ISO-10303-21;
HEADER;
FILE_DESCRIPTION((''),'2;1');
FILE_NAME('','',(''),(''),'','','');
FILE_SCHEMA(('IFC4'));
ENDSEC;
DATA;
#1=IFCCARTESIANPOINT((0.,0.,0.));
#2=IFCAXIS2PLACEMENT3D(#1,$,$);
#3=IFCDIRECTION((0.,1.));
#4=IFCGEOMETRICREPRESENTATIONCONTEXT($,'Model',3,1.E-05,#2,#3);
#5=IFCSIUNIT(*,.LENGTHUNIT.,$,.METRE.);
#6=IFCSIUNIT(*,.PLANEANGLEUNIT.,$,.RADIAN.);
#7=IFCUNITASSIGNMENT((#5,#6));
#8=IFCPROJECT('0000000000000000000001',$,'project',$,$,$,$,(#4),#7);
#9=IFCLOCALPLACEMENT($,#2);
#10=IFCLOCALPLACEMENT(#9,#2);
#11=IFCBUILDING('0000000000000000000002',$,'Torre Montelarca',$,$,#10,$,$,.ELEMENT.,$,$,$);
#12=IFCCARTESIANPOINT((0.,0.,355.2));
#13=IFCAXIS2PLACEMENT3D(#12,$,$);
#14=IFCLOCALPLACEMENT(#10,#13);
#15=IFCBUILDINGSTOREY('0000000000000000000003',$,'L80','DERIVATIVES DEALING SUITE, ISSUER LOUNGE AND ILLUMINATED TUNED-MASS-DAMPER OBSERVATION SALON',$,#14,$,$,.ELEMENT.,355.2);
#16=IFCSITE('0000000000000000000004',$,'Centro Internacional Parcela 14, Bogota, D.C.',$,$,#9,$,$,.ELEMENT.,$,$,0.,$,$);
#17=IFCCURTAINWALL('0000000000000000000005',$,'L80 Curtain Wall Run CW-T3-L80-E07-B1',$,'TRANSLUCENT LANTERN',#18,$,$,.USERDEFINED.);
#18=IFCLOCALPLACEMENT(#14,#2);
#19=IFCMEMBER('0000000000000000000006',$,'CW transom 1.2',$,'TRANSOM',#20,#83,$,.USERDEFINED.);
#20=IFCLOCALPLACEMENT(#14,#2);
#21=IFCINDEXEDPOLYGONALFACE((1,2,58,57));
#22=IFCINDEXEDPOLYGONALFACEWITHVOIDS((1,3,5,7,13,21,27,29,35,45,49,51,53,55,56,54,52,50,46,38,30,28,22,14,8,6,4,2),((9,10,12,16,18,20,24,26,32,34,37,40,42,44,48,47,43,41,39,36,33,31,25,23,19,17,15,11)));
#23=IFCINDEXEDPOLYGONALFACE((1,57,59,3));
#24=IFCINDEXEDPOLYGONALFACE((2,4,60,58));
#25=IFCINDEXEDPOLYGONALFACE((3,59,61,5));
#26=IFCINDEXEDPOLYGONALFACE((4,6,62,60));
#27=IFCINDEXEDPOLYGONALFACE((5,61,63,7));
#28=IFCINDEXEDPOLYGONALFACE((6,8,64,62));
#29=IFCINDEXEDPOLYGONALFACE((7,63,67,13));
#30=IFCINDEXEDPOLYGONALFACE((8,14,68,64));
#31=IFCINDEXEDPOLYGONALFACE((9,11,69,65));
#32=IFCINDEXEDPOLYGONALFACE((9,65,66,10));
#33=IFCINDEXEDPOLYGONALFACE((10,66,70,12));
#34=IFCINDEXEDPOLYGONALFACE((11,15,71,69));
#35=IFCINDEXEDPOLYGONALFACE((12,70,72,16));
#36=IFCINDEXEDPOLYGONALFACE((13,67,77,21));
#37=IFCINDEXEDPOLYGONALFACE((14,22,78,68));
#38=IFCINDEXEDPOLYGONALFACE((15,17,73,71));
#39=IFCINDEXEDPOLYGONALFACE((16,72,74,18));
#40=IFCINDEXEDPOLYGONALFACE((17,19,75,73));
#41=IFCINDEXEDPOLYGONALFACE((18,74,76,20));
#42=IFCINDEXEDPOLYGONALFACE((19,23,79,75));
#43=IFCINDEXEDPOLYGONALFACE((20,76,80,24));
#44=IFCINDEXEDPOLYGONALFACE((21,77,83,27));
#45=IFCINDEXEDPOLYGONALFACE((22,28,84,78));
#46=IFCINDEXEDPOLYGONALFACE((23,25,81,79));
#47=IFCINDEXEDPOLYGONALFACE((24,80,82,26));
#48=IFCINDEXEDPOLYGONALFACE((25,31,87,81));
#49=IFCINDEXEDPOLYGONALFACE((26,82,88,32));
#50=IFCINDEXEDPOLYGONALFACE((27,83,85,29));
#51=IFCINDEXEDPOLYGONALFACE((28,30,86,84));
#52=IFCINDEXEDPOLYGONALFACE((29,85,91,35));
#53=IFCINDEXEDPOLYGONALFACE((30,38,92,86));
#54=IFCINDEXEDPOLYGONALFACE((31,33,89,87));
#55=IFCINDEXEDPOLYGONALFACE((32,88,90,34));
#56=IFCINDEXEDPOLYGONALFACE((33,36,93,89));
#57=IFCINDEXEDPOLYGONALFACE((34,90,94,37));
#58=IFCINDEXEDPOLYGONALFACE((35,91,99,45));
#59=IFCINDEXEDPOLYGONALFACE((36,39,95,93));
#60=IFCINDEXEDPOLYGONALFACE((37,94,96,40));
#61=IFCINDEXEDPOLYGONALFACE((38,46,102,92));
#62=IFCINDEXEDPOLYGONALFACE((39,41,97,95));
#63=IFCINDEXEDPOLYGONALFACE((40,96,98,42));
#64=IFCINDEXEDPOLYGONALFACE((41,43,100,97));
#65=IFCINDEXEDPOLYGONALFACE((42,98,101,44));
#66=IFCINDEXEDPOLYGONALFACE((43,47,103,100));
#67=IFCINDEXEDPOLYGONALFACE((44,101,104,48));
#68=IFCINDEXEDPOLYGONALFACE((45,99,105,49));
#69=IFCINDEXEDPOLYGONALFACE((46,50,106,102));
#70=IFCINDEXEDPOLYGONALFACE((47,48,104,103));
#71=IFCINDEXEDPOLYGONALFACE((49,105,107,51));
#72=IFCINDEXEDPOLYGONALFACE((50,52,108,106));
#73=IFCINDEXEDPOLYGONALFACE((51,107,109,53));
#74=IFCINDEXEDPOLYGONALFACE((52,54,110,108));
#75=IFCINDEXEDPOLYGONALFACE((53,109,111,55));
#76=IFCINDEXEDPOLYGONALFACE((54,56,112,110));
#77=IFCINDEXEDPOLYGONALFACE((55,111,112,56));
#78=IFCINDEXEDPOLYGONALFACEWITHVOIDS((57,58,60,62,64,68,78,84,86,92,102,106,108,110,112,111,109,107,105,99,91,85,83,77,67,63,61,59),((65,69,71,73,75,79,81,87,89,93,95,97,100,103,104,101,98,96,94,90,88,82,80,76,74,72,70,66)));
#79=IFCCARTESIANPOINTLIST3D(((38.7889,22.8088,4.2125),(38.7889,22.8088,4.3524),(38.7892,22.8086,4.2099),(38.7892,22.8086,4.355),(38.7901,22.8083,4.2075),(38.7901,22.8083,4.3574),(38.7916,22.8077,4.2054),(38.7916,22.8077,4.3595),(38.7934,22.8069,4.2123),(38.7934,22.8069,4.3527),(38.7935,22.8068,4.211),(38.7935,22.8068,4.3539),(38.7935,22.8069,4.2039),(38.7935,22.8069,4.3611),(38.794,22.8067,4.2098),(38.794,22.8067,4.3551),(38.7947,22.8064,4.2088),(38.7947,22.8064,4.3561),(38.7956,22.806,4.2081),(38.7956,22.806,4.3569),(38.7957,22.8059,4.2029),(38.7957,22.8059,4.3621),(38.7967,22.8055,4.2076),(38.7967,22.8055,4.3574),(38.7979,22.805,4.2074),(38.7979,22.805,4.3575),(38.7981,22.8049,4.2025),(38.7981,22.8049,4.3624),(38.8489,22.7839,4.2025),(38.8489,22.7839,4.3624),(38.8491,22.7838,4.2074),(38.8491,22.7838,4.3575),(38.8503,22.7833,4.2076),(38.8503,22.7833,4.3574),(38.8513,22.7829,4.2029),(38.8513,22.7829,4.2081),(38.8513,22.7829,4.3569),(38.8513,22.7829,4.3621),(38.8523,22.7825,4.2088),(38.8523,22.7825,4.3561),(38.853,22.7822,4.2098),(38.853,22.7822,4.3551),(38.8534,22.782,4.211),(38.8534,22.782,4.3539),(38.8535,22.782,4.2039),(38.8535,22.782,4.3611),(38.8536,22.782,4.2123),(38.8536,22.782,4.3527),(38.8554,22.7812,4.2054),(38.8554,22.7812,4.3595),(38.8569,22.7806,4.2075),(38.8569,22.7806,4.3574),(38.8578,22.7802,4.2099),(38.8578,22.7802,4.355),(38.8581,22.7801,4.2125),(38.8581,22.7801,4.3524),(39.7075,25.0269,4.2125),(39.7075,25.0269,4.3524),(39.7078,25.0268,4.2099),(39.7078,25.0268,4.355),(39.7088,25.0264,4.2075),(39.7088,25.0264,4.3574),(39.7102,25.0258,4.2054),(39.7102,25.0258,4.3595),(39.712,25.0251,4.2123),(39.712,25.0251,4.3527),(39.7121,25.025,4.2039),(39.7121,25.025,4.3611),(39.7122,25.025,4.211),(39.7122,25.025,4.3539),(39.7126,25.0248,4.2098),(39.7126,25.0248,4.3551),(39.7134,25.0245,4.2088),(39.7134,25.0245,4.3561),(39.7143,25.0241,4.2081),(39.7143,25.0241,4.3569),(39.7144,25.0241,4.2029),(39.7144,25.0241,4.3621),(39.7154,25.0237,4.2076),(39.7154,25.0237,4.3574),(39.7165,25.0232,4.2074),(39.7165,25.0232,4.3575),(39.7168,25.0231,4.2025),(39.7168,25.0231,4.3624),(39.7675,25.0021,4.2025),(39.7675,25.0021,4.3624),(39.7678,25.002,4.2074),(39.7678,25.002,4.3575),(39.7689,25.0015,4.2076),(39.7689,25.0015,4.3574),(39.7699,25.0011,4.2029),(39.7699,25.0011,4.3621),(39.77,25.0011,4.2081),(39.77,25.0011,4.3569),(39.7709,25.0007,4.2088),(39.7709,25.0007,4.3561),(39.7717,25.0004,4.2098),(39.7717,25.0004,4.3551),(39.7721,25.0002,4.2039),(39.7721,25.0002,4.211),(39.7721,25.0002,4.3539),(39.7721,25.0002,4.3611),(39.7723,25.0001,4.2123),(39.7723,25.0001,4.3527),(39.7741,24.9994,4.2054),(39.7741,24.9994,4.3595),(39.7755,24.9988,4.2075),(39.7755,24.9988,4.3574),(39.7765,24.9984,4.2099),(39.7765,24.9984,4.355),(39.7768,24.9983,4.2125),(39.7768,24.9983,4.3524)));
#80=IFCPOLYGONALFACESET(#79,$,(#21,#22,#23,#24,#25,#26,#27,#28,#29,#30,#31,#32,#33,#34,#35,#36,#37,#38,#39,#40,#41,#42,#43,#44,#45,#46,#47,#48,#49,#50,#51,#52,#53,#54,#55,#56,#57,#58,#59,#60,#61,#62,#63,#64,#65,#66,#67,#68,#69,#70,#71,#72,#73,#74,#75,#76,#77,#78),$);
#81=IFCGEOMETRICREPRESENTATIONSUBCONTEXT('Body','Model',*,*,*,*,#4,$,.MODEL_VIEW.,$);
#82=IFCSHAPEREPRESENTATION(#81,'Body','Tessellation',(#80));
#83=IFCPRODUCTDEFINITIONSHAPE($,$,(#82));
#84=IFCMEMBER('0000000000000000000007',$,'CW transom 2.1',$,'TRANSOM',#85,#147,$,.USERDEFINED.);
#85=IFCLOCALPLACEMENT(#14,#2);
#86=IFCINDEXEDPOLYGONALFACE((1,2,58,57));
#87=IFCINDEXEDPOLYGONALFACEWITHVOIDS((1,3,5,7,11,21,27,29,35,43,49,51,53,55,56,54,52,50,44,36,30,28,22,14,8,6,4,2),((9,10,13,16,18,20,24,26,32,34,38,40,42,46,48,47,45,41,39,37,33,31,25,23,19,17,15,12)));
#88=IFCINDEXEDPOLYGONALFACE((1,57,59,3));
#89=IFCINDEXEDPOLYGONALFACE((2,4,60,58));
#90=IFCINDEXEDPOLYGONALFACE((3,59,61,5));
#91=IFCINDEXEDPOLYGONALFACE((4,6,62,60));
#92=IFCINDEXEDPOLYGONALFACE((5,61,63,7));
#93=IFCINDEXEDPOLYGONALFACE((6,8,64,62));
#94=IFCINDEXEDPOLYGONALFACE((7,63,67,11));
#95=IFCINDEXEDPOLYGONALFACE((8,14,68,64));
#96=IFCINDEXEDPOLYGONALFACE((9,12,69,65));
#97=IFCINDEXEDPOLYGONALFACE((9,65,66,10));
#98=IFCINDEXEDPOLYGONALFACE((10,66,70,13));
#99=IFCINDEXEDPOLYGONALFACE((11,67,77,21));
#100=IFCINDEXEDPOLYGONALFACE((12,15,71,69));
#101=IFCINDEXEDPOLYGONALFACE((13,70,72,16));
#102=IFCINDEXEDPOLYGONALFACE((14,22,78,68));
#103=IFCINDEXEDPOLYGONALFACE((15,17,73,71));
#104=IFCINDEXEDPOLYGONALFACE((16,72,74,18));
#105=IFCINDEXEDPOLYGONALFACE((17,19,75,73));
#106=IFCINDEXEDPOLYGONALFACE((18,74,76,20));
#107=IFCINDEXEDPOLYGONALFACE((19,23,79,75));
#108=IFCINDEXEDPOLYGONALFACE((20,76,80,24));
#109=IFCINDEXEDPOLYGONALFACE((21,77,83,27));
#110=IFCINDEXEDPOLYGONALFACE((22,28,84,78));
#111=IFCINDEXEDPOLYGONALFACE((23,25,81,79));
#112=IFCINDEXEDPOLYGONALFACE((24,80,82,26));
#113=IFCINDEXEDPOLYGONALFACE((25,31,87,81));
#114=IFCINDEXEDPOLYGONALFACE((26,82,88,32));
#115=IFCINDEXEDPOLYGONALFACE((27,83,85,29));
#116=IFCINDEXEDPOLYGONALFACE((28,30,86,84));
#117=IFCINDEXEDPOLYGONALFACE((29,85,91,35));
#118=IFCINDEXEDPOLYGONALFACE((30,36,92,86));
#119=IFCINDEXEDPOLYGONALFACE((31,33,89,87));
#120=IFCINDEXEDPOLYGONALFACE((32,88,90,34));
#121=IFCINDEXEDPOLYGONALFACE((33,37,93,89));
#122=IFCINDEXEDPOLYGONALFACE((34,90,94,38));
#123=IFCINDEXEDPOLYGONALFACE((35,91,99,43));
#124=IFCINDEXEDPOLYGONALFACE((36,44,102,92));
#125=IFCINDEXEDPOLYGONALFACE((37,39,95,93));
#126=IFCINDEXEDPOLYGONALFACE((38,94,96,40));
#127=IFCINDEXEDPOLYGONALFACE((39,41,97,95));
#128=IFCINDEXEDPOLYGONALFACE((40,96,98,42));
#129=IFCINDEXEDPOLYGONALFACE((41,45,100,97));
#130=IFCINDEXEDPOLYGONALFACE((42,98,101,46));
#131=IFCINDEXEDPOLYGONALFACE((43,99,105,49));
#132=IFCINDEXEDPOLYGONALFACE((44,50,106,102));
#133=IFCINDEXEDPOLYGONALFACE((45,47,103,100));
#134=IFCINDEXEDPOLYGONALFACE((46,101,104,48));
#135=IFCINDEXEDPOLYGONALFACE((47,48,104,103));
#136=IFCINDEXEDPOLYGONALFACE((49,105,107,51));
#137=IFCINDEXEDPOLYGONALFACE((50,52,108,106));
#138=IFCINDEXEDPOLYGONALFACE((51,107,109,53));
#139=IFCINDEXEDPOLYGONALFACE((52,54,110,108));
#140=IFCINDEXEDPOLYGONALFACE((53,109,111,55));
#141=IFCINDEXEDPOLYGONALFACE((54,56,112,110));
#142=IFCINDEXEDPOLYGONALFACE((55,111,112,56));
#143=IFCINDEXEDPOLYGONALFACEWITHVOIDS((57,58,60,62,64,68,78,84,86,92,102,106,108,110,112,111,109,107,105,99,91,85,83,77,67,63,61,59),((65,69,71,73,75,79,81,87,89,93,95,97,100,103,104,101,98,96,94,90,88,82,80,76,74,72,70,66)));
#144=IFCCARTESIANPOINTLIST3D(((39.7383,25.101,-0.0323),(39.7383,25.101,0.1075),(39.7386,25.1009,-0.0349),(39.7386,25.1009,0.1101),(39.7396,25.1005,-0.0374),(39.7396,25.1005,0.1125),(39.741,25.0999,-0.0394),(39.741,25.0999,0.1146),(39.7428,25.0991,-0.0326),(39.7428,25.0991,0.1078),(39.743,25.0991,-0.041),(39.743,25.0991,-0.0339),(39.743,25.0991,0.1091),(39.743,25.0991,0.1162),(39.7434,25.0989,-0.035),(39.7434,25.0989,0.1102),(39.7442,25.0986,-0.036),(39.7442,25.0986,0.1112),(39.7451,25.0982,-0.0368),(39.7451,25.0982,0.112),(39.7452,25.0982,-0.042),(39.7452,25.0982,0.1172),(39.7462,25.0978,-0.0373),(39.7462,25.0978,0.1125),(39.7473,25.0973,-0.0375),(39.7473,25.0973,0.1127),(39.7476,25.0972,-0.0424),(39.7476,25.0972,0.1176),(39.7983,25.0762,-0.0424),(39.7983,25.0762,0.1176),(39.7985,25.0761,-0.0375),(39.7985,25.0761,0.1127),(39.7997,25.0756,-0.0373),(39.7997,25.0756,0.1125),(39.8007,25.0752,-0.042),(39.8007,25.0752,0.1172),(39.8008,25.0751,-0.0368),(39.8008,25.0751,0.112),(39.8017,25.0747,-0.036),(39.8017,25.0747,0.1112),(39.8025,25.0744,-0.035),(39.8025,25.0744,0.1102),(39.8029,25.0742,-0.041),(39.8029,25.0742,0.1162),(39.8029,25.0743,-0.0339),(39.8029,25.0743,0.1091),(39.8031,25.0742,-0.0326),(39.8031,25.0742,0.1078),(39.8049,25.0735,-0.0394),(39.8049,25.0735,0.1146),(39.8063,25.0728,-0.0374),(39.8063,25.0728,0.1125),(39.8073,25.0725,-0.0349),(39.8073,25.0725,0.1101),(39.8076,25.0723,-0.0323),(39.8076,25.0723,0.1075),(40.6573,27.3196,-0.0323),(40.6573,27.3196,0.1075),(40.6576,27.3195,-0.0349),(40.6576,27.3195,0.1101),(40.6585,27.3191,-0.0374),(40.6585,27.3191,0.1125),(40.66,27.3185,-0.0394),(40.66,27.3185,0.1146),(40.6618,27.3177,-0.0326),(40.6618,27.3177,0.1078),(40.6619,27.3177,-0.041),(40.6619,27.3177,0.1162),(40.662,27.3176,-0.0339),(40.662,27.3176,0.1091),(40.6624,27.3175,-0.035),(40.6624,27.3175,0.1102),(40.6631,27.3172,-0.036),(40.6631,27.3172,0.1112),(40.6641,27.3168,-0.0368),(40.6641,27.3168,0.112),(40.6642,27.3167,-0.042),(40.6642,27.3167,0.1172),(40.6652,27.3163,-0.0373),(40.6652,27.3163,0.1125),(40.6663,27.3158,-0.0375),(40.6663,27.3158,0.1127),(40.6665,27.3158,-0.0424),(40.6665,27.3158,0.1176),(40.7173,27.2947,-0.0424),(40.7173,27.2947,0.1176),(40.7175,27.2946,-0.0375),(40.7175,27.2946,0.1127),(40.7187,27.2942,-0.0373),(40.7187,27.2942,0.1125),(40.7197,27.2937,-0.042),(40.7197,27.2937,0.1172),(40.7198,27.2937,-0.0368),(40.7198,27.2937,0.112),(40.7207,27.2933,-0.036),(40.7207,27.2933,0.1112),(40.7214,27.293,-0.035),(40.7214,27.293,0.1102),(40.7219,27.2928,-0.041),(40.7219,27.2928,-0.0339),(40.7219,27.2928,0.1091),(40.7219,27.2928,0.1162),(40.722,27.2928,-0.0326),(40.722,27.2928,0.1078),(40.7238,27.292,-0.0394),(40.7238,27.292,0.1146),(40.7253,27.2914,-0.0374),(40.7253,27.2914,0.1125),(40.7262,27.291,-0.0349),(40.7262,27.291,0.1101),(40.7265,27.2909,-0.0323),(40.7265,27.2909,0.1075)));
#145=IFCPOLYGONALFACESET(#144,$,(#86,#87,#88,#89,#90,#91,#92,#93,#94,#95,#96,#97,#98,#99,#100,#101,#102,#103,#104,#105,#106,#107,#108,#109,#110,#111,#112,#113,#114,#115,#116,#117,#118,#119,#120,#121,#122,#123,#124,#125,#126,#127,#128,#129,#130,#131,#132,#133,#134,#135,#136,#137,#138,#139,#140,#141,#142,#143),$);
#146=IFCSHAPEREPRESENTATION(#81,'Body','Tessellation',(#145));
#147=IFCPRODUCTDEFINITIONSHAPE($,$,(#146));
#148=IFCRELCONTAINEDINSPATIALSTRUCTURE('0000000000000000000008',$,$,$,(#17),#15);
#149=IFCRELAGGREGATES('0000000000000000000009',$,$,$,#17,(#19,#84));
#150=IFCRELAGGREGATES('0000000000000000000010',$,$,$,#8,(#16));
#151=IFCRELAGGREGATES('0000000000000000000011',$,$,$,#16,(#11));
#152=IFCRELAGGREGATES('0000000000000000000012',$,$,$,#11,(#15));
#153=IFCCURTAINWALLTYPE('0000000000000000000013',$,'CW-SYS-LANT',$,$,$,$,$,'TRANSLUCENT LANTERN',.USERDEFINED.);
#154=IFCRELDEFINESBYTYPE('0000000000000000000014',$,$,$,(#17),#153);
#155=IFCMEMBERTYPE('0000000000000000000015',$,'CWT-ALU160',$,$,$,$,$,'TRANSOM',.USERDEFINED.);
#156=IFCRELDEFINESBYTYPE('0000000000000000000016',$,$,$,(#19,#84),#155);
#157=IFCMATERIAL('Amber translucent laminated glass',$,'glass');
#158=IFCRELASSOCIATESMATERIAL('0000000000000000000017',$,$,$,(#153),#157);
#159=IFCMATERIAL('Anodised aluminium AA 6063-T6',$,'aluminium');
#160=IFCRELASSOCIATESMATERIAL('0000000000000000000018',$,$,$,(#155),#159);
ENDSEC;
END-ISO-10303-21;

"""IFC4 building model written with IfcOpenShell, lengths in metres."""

from ifc_helpers import new_model, si_unit, direction, frame, origin, origin_2d, place, context, subcontext, project, spatial, hollow_rectangle, extrude, source, transform, mapped, material, material_profile, profile_set, type_object, element, aggregate, save


model = new_model("IFC4")

# Units and contexts
model_context = context("Model", 3, precision=1e-05, world=origin(), true_north=direction((0.0, 1.0)))
body_context = subcontext(model_context, "Body", "Model", "MODEL_VIEW")
ifc_project = project(units=[si_unit("LENGTHUNIT", "METRE"), si_unit("PLANEANGLEUNIT", "RADIAN")], contexts=[model_context])

# Site, building, storey
site_placement = place(None, origin())
site = spatial("IfcSite", under=ifc_project, at=site_placement, Name="Centro Internacional Parcela 14, Bogota, D.C.", CompositionType="ELEMENT", RefElevation=0.0)
building_placement = place(site_placement, origin())
building = spatial("IfcBuilding", under=site, at=building_placement, Name="Torre Montelarca", CompositionType="ELEMENT")
storey_placement = place(building_placement, frame((0.0, 0.0, 355.2)))
storey = spatial("IfcBuildingStorey", under=building, at=storey_placement, Name="L80", Description="DERIVATIVES DEALING SUITE, ISSUER LOUNGE AND ILLUMINATED TUNED-MASS-DAMPER OBSERVATION SALON", CompositionType="ELEMENT", Elevation=355.2)

# Curtain wall, members
ifc_material_1 = material(Name="Amber translucent laminated glass", Category="glass")
curtain_wall_type = type_object("IfcCurtainWallType", Name="CW-SYS-LANT", ElementType="TRANSLUCENT LANTERN", PredefinedType="USERDEFINED", material=ifc_material_1)
curtain_wall_placement = place(storey_placement, origin())
curtain_wall = element("IfcCurtainWall", 1, at=curtain_wall_placement, inside=storey, type_object=curtain_wall_type, Name="L80 Curtain Wall Run CW-T3-L80-E07-B1", ObjectType="TRANSLUCENT LANTERN", PredefinedType="USERDEFINED")
ifc_material_2 = material(Name="Anodised aluminium AA 6063-T6", Category="aluminium")
ifc_material_profile_1 = material_profile(ifc_material_2, hollow_rectangle(XDim=0.075, YDim=0.1599, WallThickness=0.0049, InnerFilletRadius=0.0049, OuterFilletRadius=0.01, at=origin_2d()), Name="ALU75X160X5", Category="aluminium")
ifc_profile_set_1 = profile_set([ifc_material_profile_1], Name="Anodised aluminium AA 6063-T6")
member_type_1 = type_object("IfcMemberType", Name="CWT-ALU160", ElementType="TRANSOM", PredefinedType="USERDEFINED", material=ifc_profile_set_1)
shared_shape_1 = source(origin(), body_context, "Body", "SweptSolid", [
    extrude(hollow_rectangle(XDim=0.075, YDim=0.1599, WallThickness=0.0049, InnerFilletRadius=0.0049, OuterFilletRadius=0.01, at=origin_2d()), origin(), (0.0, 0.0, 1.0), 2.4009),
])
member_1_placement = place(storey_placement, frame((38.8235, 22.7944, 4.2825), z_axis=(0.382636, 0.923899, 0.0), x_axis=(-0.923899, 0.382636, 0.0)))
member_1 = element("IfcMember", 2, at=member_1_placement, type_object=member_type_1, Name="CW transom 1.2", ObjectType="TRANSOM", PredefinedType="USERDEFINED", context=body_context, shape_type="MappedRepresentation", body=[
    mapped(shared_shape_1, transform((0.0, 0.0, 0.0), scale=1.0)),
])
shared_shape_2 = source(origin(), body_context, "Body", "SweptSolid", [
    extrude(hollow_rectangle(XDim=0.075, YDim=0.1599, WallThickness=0.0049, InnerFilletRadius=0.0049, OuterFilletRadius=0.01, at=origin_2d()), origin(), (0.0, 0.0, 1.0), 2.4014),
])
member_2_placement = place(storey_placement, frame((39.7729, 25.0867, 0.0376), z_axis=(0.382687, 0.923878, 0.0), x_axis=(-0.923878, 0.382687, 0.0)))
member_2 = element("IfcMember", 3, at=member_2_placement, type_object=member_type_1, Name="CW transom 2.1", ObjectType="TRANSOM", PredefinedType="USERDEFINED", context=body_context, shape_type="MappedRepresentation", body=[
    mapped(shared_shape_2, transform((0.0, 0.0, 0.0), scale=1.0)),
])
aggregate(curtain_wall, [member_1, member_2])

save(model, "model.ifc")
